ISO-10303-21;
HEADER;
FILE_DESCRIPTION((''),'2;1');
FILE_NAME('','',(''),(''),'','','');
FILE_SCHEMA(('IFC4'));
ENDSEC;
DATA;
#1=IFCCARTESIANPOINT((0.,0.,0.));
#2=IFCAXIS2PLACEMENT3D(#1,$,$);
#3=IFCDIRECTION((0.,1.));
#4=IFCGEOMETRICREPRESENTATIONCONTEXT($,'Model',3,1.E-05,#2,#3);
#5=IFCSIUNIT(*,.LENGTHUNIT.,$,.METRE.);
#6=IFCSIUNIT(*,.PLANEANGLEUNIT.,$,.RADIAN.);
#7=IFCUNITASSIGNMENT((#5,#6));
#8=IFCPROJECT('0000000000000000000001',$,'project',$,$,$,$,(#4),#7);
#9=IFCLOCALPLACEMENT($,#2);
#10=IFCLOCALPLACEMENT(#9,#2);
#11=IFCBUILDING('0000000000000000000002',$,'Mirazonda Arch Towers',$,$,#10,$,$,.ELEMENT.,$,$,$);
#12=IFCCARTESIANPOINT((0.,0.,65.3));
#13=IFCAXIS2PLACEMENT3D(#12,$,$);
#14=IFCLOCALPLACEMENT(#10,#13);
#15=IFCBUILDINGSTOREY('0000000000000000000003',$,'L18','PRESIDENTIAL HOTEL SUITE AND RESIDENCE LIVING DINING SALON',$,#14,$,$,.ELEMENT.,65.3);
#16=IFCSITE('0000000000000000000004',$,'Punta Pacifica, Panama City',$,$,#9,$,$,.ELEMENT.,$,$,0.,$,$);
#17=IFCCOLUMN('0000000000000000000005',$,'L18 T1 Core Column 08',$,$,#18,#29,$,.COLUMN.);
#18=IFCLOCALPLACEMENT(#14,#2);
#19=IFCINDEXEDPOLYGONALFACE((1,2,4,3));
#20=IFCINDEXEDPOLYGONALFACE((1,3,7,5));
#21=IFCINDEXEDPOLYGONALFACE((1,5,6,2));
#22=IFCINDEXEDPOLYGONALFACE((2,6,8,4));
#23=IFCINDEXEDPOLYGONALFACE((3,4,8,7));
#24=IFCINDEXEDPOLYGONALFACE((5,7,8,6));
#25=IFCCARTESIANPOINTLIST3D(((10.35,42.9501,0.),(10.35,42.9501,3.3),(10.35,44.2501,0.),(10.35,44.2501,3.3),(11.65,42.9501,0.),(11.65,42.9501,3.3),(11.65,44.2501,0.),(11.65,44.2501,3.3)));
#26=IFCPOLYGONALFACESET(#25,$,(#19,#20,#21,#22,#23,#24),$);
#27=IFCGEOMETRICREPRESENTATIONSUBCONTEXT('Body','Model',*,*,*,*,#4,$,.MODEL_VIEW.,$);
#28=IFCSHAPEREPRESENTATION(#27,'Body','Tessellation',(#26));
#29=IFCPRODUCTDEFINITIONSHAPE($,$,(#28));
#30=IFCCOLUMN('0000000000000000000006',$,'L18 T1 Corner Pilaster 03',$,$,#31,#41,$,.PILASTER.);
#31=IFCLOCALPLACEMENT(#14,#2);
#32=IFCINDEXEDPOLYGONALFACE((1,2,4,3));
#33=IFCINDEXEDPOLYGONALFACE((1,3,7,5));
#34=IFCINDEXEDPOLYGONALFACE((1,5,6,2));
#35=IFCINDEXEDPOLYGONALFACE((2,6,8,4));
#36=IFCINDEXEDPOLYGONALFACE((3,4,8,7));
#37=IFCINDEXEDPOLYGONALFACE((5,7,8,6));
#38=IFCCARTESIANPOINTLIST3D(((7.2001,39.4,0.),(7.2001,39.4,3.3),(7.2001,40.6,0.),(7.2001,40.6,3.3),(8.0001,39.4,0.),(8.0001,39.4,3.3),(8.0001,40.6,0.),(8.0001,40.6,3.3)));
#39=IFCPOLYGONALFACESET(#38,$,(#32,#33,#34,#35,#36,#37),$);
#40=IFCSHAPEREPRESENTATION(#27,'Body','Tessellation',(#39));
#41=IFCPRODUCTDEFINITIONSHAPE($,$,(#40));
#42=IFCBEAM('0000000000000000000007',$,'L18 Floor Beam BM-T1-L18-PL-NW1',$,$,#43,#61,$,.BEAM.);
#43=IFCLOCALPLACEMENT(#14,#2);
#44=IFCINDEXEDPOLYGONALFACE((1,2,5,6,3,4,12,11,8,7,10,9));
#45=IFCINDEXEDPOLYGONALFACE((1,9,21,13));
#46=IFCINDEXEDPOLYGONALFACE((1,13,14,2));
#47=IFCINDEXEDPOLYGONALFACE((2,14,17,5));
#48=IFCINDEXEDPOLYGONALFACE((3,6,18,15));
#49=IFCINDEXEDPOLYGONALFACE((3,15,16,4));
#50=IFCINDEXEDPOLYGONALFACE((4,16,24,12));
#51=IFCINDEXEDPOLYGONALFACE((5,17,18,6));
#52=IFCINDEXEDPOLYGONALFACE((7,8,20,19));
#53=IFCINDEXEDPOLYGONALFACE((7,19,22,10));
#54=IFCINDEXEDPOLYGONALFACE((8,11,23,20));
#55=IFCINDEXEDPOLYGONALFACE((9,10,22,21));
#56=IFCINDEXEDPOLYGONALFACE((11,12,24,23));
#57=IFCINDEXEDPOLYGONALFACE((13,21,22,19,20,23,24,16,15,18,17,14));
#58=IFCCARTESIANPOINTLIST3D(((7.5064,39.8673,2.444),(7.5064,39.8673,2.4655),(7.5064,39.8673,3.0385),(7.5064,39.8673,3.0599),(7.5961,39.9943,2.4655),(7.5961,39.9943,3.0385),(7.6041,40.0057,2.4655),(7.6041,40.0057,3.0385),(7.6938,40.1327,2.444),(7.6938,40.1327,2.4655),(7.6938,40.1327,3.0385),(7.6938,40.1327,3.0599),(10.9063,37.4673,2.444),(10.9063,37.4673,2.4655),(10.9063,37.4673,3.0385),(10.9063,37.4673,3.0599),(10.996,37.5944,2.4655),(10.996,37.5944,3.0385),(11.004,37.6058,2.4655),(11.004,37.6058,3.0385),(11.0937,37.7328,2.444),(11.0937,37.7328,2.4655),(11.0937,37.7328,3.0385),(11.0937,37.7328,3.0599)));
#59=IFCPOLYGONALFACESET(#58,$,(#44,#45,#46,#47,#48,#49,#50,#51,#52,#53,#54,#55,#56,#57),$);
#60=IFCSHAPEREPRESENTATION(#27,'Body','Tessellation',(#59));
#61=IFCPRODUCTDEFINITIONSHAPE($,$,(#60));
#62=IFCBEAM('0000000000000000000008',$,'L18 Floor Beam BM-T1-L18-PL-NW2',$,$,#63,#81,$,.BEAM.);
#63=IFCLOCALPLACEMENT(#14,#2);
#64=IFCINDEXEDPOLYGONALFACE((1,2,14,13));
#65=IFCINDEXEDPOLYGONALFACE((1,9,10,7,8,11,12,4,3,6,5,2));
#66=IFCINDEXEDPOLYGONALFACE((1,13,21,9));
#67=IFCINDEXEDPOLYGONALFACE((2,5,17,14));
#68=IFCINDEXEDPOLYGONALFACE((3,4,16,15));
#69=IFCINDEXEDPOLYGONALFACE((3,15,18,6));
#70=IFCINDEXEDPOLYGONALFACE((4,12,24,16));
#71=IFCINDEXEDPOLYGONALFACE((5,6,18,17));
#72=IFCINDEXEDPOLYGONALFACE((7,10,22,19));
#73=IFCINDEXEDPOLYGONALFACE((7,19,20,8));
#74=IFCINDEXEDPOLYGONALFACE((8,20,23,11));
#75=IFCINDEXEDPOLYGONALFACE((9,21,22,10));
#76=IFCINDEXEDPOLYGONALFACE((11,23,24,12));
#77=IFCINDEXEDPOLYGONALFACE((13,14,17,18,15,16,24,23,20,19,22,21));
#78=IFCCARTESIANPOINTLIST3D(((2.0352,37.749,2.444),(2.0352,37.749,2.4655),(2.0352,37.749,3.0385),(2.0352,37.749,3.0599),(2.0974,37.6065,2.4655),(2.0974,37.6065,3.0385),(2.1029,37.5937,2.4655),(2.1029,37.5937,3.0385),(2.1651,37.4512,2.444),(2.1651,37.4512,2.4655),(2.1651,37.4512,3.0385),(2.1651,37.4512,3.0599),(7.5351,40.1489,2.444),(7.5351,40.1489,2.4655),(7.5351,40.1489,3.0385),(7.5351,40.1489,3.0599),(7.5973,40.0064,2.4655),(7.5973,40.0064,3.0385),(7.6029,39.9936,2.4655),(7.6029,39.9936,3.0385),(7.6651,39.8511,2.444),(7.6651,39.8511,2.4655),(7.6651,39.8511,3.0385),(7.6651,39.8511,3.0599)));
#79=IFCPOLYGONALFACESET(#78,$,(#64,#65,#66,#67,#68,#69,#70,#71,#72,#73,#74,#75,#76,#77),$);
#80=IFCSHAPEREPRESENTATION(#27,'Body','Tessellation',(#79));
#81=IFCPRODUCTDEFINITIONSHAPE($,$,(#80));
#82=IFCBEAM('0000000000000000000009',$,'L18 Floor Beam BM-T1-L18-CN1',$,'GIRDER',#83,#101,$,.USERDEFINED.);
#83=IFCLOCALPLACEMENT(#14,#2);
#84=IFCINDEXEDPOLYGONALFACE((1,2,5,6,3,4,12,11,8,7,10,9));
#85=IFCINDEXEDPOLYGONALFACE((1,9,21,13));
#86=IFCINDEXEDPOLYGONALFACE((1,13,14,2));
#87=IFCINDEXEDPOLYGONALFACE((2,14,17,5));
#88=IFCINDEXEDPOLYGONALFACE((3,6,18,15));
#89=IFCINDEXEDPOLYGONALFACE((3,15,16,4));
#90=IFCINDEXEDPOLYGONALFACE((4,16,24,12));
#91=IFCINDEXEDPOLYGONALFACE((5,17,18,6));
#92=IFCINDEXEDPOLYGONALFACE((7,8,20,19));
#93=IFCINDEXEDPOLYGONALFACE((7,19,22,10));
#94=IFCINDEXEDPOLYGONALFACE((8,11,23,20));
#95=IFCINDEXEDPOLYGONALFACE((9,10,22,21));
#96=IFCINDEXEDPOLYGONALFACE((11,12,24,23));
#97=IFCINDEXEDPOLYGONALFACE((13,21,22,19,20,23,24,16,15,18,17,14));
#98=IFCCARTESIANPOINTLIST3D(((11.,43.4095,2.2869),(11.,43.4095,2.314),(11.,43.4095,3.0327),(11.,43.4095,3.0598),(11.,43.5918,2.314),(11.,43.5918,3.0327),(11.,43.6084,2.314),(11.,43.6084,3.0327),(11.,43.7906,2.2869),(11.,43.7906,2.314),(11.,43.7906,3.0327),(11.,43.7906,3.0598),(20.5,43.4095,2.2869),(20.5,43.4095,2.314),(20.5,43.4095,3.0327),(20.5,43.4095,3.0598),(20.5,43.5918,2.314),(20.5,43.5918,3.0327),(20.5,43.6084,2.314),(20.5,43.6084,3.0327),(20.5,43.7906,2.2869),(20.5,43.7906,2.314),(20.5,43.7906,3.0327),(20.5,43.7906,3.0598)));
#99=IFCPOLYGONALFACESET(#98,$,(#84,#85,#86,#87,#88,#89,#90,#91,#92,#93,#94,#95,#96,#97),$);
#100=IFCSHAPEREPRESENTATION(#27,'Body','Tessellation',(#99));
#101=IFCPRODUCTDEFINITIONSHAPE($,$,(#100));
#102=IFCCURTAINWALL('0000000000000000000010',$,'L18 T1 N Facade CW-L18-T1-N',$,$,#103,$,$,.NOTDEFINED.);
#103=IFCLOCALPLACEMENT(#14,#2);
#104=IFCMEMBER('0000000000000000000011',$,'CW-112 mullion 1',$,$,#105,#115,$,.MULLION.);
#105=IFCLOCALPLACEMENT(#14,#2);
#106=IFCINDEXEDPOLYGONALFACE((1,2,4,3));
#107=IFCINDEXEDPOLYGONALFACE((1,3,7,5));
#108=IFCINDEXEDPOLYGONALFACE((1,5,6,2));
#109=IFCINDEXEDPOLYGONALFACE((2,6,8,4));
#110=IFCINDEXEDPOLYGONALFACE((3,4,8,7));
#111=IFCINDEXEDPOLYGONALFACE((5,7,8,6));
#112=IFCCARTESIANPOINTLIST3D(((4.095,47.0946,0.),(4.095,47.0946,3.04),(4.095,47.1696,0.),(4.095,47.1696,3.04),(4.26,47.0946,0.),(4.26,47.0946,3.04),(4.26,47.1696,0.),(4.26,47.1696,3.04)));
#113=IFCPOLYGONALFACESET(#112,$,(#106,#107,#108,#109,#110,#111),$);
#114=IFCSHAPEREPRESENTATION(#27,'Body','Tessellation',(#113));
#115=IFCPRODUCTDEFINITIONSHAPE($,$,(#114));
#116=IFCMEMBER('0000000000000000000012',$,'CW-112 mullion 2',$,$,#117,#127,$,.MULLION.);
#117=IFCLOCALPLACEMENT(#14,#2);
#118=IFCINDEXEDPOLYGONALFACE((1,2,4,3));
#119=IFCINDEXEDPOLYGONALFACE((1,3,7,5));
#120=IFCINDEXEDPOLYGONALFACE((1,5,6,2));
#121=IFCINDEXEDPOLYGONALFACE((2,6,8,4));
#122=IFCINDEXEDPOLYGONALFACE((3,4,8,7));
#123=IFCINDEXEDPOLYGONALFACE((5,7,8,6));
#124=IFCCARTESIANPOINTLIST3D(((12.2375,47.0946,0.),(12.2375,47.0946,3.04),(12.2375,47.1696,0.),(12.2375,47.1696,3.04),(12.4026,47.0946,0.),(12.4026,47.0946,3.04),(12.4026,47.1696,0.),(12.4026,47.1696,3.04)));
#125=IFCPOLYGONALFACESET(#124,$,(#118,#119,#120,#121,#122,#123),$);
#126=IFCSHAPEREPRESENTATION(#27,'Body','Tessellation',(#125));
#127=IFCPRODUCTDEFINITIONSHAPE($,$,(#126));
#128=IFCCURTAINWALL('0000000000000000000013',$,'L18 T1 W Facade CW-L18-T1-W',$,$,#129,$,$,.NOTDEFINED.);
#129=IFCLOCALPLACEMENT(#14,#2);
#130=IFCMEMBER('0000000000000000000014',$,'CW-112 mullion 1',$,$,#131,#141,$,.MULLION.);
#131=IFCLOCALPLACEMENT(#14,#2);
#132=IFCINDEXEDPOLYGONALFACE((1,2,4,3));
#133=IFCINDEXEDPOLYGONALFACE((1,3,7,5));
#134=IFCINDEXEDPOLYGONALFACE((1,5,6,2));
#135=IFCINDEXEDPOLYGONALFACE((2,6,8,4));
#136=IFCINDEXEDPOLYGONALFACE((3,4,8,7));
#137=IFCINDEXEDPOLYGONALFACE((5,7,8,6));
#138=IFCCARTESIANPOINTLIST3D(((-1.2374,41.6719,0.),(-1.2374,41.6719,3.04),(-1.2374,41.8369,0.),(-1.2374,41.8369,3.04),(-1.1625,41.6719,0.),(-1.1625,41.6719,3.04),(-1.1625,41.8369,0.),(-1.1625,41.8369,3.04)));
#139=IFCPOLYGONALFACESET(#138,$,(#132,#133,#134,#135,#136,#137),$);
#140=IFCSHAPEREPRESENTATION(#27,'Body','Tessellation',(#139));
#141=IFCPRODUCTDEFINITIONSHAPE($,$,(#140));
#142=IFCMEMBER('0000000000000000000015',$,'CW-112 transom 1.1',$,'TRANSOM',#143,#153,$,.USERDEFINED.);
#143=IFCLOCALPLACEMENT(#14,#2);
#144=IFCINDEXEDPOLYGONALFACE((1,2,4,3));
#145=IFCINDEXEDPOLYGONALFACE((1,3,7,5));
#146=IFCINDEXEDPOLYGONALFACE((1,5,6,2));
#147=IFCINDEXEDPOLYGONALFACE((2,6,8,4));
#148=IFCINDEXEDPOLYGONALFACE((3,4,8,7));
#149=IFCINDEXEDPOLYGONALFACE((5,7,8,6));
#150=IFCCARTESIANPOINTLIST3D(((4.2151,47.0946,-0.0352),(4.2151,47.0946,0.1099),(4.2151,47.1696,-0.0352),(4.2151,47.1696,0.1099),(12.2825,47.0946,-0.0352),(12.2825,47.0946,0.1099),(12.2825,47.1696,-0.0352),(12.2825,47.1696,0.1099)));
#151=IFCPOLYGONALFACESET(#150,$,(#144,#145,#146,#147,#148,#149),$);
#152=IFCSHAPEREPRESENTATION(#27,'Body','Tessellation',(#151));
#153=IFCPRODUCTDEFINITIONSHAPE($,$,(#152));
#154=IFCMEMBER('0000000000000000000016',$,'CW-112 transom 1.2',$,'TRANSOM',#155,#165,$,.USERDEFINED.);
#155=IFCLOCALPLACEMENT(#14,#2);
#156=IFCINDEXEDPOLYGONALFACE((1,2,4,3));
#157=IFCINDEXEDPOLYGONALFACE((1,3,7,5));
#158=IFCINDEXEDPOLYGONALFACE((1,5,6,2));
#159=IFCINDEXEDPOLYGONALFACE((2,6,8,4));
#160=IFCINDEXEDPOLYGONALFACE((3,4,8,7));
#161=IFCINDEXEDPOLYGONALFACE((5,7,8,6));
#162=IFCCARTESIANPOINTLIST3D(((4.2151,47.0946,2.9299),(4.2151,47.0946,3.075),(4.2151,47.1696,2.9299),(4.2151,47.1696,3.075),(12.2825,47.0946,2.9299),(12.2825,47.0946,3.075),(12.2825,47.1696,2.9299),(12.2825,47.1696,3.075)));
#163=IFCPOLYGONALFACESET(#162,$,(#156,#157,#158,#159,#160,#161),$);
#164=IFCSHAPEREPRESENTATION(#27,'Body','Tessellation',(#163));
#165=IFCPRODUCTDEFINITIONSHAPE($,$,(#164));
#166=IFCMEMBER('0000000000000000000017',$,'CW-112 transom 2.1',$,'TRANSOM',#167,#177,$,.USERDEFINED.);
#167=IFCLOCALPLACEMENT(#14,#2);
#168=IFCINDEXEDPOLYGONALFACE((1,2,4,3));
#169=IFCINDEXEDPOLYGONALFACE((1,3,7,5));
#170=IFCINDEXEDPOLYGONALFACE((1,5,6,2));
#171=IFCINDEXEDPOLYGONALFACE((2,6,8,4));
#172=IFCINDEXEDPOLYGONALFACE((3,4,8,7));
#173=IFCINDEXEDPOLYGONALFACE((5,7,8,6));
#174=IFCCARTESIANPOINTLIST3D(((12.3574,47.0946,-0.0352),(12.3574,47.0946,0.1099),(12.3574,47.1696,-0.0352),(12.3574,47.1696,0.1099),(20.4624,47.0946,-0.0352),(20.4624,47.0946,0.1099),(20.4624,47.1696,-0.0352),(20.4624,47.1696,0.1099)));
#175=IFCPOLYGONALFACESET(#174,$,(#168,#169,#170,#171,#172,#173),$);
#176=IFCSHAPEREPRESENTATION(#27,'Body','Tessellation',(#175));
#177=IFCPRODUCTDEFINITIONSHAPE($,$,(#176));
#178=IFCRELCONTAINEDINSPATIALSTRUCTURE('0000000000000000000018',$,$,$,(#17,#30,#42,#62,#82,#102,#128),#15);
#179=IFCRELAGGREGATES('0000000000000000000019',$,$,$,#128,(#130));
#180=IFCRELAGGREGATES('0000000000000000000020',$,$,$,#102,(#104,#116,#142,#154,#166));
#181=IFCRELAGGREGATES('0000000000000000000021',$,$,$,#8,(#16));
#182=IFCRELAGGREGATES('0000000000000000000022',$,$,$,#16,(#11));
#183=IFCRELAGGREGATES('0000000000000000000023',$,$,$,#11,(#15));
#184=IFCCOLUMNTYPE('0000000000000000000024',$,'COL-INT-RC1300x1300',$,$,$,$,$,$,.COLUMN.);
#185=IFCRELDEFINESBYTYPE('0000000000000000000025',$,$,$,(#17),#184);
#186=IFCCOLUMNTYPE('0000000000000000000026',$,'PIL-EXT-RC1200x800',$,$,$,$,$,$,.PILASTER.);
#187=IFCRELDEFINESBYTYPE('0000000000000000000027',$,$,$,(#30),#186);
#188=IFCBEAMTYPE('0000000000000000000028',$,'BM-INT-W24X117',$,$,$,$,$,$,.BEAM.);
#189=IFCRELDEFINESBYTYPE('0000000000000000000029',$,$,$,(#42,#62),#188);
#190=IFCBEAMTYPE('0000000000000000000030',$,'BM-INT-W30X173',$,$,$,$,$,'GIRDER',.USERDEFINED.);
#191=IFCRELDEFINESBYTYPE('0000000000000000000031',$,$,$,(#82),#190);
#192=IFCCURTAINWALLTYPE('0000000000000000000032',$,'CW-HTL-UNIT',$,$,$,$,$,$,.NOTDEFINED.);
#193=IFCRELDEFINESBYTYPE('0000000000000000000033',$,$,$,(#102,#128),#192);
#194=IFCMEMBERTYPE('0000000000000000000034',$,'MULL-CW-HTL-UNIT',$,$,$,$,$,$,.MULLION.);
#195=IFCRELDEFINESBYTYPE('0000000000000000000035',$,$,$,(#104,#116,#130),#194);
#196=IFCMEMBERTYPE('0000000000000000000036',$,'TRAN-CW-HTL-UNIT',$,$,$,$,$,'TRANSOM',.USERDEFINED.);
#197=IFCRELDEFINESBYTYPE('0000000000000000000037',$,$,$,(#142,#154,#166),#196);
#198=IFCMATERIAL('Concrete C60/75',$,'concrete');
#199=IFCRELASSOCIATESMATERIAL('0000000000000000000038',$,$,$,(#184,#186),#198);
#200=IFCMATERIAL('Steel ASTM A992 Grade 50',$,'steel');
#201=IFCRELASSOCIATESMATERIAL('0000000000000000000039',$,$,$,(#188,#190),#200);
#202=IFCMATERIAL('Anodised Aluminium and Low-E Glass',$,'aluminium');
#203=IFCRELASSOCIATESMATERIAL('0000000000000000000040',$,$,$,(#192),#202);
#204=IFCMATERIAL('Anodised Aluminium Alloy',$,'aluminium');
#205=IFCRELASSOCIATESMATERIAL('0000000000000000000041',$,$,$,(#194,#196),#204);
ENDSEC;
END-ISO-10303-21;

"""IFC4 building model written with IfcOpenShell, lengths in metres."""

from ifc_helpers import new_model, si_unit, direction, frame, origin, origin_2d, place, context, subcontext, project, spatial, rectangle, i_section, extrude, material, material_profile, profile_set, type_object, element, aggregate, save


model = new_model("IFC4")

# Units and contexts
model_context = context("Model", 3, precision=1e-05, world=origin(), true_north=direction((0.0, 1.0)))
body_context = subcontext(model_context, "Body", "Model", "MODEL_VIEW")
ifc_project = project(units=[si_unit("LENGTHUNIT", "METRE"), si_unit("PLANEANGLEUNIT", "RADIAN")], contexts=[model_context])

# Site, building, storey
site_placement = place(None, origin())
site = spatial("IfcSite", under=ifc_project, at=site_placement, Name="Punta Pacifica, Panama City", CompositionType="ELEMENT", RefElevation=0.0)
building_placement = place(site_placement, origin())
building = spatial("IfcBuilding", under=site, at=building_placement, Name="Mirazonda Arch Towers", CompositionType="ELEMENT")
storey_placement = place(building_placement, frame((0.0, 0.0, 65.3)))
storey = spatial("IfcBuildingStorey", under=building, at=storey_placement, Name="L18", Description="PRESIDENTIAL HOTEL SUITE AND RESIDENCE LIVING DINING SALON", CompositionType="ELEMENT", Elevation=65.3)

# Columns
ifc_material_1 = material(Name="Concrete C60/75", Category="concrete")
ifc_material_profile_1 = material_profile(ifc_material_1, rectangle(XDim=1.3, YDim=1.3, at=origin_2d()), Name="RC1300x1300")
ifc_profile_set_1 = profile_set([ifc_material_profile_1], Name="Concrete C60/75")
column_type_1 = type_object("IfcColumnType", Name="COL-INT-RC1300x1300", PredefinedType="COLUMN", material=ifc_profile_set_1)
column_1_placement = place(storey_placement, frame((11.0, 43.6001, 0.0), z_axis=(0.0, 0.0, 1.0), x_axis=(1.0, 0.0, 0.0)))
element("IfcColumn", 1, at=column_1_placement, inside=storey, type_object=column_type_1, Name="L18 T1 Core Column 08", PredefinedType="COLUMN", context=body_context, shape_type="SweptSolid", body=[
    extrude(rectangle(XDim=1.3, YDim=1.3, at=origin_2d()), origin(), (0.0, 0.0, 1.0), 3.3),
])
ifc_material_profile_2 = material_profile(ifc_material_1, rectangle(XDim=0.8, YDim=1.2, at=origin_2d()), Name="RC1200x800")
ifc_profile_set_2 = profile_set([ifc_material_profile_2], Name="Concrete C60/75")
column_type_2 = type_object("IfcColumnType", Name="PIL-EXT-RC1200x800", PredefinedType="PILASTER", material=ifc_profile_set_2)
column_2_placement = place(storey_placement, frame((7.6001, 40.0, 0.0), z_axis=(0.0, 0.0, 1.0), x_axis=(1.0, 0.0, 0.0)))
element("IfcColumn", 2, at=column_2_placement, inside=storey, type_object=column_type_2, Name="L18 T1 Corner Pilaster 03", PredefinedType="PILASTER", context=body_context, shape_type="SweptSolid", body=[
    extrude(rectangle(XDim=0.8, YDim=1.2, at=origin_2d()), origin(), (0.0, 0.0, 1.0), 3.3),
])

# Beams
ifc_material_2 = material(Name="Steel ASTM A992 Grade 50", Category="steel")
ifc_material_profile_3 = material_profile(ifc_material_2, i_section(OverallWidth=0.325, OverallDepth=0.616, WebThickness=0.0139, FlangeThickness=0.0215, at=origin_2d()), Name="W24X117")
ifc_profile_set_3 = profile_set([ifc_material_profile_3], Name="Steel ASTM A992 Grade 50")
beam_type_1 = type_object("IfcBeamType", Name="BM-INT-W24X117", PredefinedType="BEAM", material=ifc_profile_set_3)
beam_1_placement = place(storey_placement, frame((7.6001, 40.0, 2.752), z_axis=(0.816971, -0.576679, 0.0), x_axis=(0.576679, 0.816971, 0.0)))
element("IfcBeam", 3, at=beam_1_placement, inside=storey, type_object=beam_type_1, Name="L18 Floor Beam BM-T1-L18-PL-NW1", PredefinedType="BEAM", context=body_context, shape_type="SweptSolid", body=[
    extrude(i_section(OverallWidth=0.325, OverallDepth=0.616, WebThickness=0.0139, FlangeThickness=0.0215, at=origin_2d()), origin(), (0.0, 0.0, 1.0), 4.1616),
])
beam_2_placement = place(storey_placement, frame((7.6001, 40.0, 2.752), z_axis=(-0.916545, -0.399931, 0.0), x_axis=(0.399931, -0.916545, 0.0)))
element("IfcBeam", 4, at=beam_2_placement, inside=storey, type_object=beam_type_1, Name="L18 Floor Beam BM-T1-L18-PL-NW2", PredefinedType="BEAM", context=body_context, shape_type="SweptSolid", body=[
    extrude(i_section(OverallWidth=0.325, OverallDepth=0.616, WebThickness=0.0139, FlangeThickness=0.0215, at=origin_2d()), origin(), (0.0, 0.0, 1.0), 6.0007),
])
ifc_material_profile_4 = material_profile(ifc_material_2, i_section(OverallWidth=0.3811, OverallDepth=0.7729, WebThickness=0.0166, FlangeThickness=0.0271, at=origin_2d()), Name="W30X173")
ifc_profile_set_4 = profile_set([ifc_material_profile_4], Name="Steel ASTM A992 Grade 50")
beam_type_2 = type_object("IfcBeamType", Name="BM-INT-W30X173", ElementType="GIRDER", PredefinedType="USERDEFINED", material=ifc_profile_set_4)
beam_3_placement = place(storey_placement, frame((11.0, 43.6001, 2.6733), z_axis=(1.0, 0.0, 0.0), x_axis=(0.0, 1.0, 0.0)))
element("IfcBeam", 5, at=beam_3_placement, inside=storey, type_object=beam_type_2, Name="L18 Floor Beam BM-T1-L18-CN1", ObjectType="GIRDER", PredefinedType="USERDEFINED", context=body_context, shape_type="SweptSolid", body=[
    extrude(i_section(OverallWidth=0.3811, OverallDepth=0.7729, WebThickness=0.0166, FlangeThickness=0.0271, at=origin_2d()), origin(), (0.0, 0.0, 1.0), 9.5),
])

# Curtain wall, members
ifc_material_3 = material(Name="Anodised Aluminium and Low-E Glass", Category="aluminium")
curtain_wall_type = type_object("IfcCurtainWallType", Name="CW-HTL-UNIT", PredefinedType="NOTDEFINED", material=ifc_material_3)
curtain_wall_1_placement = place(storey_placement, origin())
curtain_wall_1 = element("IfcCurtainWall", 6, at=curtain_wall_1_placement, inside=storey, type_object=curtain_wall_type, Name="L18 T1 N Facade CW-L18-T1-N", PredefinedType="NOTDEFINED")
ifc_material_4 = material(Name="Anodised Aluminium Alloy", Category="aluminium")
ifc_material_profile_5 = material_profile(ifc_material_4, rectangle(XDim=0.075, YDim=0.165, at=origin_2d()), Name="ALU-MULL-75x165")
ifc_profile_set_5 = profile_set([ifc_material_profile_5], Name="Anodised Aluminium Alloy")
member_type_1 = type_object("IfcMemberType", Name="MULL-CW-HTL-UNIT", PredefinedType="MULLION", material=ifc_profile_set_5)
member_1_placement = place(storey_placement, frame((4.1775, 47.1321, 0.0), z_axis=(0.0, 0.0, 1.0), x_axis=(0.0, 1.0, 0.0)))
member_1 = element("IfcMember", 7, at=member_1_placement, type_object=member_type_1, Name="CW-112 mullion 1", PredefinedType="MULLION", context=body_context, shape_type="SweptSolid", body=[
    extrude(rectangle(XDim=0.075, YDim=0.165, at=origin_2d()), origin(), (0.0, 0.0, 1.0), 3.04),
])
member_2_placement = place(storey_placement, frame((12.3201, 47.1321, 0.0), z_axis=(0.0, 0.0, 1.0), x_axis=(0.0, 1.0, 0.0)))
member_2 = element("IfcMember", 8, at=member_2_placement, type_object=member_type_1, Name="CW-112 mullion 2", PredefinedType="MULLION", context=body_context, shape_type="SweptSolid", body=[
    extrude(rectangle(XDim=0.075, YDim=0.165, at=origin_2d()), origin(), (0.0, 0.0, 1.0), 3.04),
])

# Curtain wall, member
curtain_wall_2_placement = place(storey_placement, origin())
curtain_wall_2 = element("IfcCurtainWall", 9, at=curtain_wall_2_placement, inside=storey, type_object=curtain_wall_type, Name="L18 T1 W Facade CW-L18-T1-W", PredefinedType="NOTDEFINED")
member_3_placement = place(storey_placement, frame((-1.2, 41.7544, 0.0), z_axis=(0.0, 0.0, 1.0), x_axis=(1.0, 0.0, 0.0)))
member_3 = element("IfcMember", 10, at=member_3_placement, type_object=member_type_1, Name="CW-112 mullion 1", PredefinedType="MULLION", context=body_context, shape_type="SweptSolid", body=[
    extrude(rectangle(XDim=0.075, YDim=0.165, at=origin_2d()), origin(), (0.0, 0.0, 1.0), 3.04),
])

# Members
ifc_material_profile_6 = material_profile(ifc_material_4, rectangle(XDim=0.075, YDim=0.145, at=origin_2d()), Name="ALU-TRAN-75x145")
ifc_profile_set_6 = profile_set([ifc_material_profile_6], Name="Anodised Aluminium Alloy")
member_type_2 = type_object("IfcMemberType", Name="TRAN-CW-HTL-UNIT", ElementType="TRANSOM", PredefinedType="USERDEFINED", material=ifc_profile_set_6)
member_4_placement = place(storey_placement, frame((4.2151, 47.1321, 0.0374), z_axis=(1.0, 0.0, 0.0), x_axis=(0.0, 1.0, 0.0)))
member_4 = element("IfcMember", 11, at=member_4_placement, type_object=member_type_2, Name="CW-112 transom 1.1", ObjectType="TRANSOM", PredefinedType="USERDEFINED", context=body_context, shape_type="SweptSolid", body=[
    extrude(rectangle(XDim=0.075, YDim=0.145, at=origin_2d()), origin(), (0.0, 0.0, 1.0), 8.0674),
])
member_5_placement = place(storey_placement, frame((4.2151, 47.1321, 3.0024), z_axis=(1.0, 0.0, 0.0), x_axis=(0.0, 1.0, 0.0)))
member_5 = element("IfcMember", 12, at=member_5_placement, type_object=member_type_2, Name="CW-112 transom 1.2", ObjectType="TRANSOM", PredefinedType="USERDEFINED", context=body_context, shape_type="SweptSolid", body=[
    extrude(rectangle(XDim=0.075, YDim=0.145, at=origin_2d()), origin(), (0.0, 0.0, 1.0), 8.0674),
])
member_6_placement = place(storey_placement, frame((12.3574, 47.1321, 0.0374), z_axis=(1.0, 0.0, 0.0), x_axis=(0.0, 1.0, 0.0)))
member_6 = element("IfcMember", 13, at=member_6_placement, type_object=member_type_2, Name="CW-112 transom 2.1", ObjectType="TRANSOM", PredefinedType="USERDEFINED", context=body_context, shape_type="SweptSolid", body=[
    extrude(rectangle(XDim=0.075, YDim=0.145, at=origin_2d()), origin(), (0.0, 0.0, 1.0), 8.105),
])
aggregate(curtain_wall_2, [member_3])

aggregate(curtain_wall_1, [member_1, member_2, member_4, member_5, member_6])

save(model, "model.ifc")
